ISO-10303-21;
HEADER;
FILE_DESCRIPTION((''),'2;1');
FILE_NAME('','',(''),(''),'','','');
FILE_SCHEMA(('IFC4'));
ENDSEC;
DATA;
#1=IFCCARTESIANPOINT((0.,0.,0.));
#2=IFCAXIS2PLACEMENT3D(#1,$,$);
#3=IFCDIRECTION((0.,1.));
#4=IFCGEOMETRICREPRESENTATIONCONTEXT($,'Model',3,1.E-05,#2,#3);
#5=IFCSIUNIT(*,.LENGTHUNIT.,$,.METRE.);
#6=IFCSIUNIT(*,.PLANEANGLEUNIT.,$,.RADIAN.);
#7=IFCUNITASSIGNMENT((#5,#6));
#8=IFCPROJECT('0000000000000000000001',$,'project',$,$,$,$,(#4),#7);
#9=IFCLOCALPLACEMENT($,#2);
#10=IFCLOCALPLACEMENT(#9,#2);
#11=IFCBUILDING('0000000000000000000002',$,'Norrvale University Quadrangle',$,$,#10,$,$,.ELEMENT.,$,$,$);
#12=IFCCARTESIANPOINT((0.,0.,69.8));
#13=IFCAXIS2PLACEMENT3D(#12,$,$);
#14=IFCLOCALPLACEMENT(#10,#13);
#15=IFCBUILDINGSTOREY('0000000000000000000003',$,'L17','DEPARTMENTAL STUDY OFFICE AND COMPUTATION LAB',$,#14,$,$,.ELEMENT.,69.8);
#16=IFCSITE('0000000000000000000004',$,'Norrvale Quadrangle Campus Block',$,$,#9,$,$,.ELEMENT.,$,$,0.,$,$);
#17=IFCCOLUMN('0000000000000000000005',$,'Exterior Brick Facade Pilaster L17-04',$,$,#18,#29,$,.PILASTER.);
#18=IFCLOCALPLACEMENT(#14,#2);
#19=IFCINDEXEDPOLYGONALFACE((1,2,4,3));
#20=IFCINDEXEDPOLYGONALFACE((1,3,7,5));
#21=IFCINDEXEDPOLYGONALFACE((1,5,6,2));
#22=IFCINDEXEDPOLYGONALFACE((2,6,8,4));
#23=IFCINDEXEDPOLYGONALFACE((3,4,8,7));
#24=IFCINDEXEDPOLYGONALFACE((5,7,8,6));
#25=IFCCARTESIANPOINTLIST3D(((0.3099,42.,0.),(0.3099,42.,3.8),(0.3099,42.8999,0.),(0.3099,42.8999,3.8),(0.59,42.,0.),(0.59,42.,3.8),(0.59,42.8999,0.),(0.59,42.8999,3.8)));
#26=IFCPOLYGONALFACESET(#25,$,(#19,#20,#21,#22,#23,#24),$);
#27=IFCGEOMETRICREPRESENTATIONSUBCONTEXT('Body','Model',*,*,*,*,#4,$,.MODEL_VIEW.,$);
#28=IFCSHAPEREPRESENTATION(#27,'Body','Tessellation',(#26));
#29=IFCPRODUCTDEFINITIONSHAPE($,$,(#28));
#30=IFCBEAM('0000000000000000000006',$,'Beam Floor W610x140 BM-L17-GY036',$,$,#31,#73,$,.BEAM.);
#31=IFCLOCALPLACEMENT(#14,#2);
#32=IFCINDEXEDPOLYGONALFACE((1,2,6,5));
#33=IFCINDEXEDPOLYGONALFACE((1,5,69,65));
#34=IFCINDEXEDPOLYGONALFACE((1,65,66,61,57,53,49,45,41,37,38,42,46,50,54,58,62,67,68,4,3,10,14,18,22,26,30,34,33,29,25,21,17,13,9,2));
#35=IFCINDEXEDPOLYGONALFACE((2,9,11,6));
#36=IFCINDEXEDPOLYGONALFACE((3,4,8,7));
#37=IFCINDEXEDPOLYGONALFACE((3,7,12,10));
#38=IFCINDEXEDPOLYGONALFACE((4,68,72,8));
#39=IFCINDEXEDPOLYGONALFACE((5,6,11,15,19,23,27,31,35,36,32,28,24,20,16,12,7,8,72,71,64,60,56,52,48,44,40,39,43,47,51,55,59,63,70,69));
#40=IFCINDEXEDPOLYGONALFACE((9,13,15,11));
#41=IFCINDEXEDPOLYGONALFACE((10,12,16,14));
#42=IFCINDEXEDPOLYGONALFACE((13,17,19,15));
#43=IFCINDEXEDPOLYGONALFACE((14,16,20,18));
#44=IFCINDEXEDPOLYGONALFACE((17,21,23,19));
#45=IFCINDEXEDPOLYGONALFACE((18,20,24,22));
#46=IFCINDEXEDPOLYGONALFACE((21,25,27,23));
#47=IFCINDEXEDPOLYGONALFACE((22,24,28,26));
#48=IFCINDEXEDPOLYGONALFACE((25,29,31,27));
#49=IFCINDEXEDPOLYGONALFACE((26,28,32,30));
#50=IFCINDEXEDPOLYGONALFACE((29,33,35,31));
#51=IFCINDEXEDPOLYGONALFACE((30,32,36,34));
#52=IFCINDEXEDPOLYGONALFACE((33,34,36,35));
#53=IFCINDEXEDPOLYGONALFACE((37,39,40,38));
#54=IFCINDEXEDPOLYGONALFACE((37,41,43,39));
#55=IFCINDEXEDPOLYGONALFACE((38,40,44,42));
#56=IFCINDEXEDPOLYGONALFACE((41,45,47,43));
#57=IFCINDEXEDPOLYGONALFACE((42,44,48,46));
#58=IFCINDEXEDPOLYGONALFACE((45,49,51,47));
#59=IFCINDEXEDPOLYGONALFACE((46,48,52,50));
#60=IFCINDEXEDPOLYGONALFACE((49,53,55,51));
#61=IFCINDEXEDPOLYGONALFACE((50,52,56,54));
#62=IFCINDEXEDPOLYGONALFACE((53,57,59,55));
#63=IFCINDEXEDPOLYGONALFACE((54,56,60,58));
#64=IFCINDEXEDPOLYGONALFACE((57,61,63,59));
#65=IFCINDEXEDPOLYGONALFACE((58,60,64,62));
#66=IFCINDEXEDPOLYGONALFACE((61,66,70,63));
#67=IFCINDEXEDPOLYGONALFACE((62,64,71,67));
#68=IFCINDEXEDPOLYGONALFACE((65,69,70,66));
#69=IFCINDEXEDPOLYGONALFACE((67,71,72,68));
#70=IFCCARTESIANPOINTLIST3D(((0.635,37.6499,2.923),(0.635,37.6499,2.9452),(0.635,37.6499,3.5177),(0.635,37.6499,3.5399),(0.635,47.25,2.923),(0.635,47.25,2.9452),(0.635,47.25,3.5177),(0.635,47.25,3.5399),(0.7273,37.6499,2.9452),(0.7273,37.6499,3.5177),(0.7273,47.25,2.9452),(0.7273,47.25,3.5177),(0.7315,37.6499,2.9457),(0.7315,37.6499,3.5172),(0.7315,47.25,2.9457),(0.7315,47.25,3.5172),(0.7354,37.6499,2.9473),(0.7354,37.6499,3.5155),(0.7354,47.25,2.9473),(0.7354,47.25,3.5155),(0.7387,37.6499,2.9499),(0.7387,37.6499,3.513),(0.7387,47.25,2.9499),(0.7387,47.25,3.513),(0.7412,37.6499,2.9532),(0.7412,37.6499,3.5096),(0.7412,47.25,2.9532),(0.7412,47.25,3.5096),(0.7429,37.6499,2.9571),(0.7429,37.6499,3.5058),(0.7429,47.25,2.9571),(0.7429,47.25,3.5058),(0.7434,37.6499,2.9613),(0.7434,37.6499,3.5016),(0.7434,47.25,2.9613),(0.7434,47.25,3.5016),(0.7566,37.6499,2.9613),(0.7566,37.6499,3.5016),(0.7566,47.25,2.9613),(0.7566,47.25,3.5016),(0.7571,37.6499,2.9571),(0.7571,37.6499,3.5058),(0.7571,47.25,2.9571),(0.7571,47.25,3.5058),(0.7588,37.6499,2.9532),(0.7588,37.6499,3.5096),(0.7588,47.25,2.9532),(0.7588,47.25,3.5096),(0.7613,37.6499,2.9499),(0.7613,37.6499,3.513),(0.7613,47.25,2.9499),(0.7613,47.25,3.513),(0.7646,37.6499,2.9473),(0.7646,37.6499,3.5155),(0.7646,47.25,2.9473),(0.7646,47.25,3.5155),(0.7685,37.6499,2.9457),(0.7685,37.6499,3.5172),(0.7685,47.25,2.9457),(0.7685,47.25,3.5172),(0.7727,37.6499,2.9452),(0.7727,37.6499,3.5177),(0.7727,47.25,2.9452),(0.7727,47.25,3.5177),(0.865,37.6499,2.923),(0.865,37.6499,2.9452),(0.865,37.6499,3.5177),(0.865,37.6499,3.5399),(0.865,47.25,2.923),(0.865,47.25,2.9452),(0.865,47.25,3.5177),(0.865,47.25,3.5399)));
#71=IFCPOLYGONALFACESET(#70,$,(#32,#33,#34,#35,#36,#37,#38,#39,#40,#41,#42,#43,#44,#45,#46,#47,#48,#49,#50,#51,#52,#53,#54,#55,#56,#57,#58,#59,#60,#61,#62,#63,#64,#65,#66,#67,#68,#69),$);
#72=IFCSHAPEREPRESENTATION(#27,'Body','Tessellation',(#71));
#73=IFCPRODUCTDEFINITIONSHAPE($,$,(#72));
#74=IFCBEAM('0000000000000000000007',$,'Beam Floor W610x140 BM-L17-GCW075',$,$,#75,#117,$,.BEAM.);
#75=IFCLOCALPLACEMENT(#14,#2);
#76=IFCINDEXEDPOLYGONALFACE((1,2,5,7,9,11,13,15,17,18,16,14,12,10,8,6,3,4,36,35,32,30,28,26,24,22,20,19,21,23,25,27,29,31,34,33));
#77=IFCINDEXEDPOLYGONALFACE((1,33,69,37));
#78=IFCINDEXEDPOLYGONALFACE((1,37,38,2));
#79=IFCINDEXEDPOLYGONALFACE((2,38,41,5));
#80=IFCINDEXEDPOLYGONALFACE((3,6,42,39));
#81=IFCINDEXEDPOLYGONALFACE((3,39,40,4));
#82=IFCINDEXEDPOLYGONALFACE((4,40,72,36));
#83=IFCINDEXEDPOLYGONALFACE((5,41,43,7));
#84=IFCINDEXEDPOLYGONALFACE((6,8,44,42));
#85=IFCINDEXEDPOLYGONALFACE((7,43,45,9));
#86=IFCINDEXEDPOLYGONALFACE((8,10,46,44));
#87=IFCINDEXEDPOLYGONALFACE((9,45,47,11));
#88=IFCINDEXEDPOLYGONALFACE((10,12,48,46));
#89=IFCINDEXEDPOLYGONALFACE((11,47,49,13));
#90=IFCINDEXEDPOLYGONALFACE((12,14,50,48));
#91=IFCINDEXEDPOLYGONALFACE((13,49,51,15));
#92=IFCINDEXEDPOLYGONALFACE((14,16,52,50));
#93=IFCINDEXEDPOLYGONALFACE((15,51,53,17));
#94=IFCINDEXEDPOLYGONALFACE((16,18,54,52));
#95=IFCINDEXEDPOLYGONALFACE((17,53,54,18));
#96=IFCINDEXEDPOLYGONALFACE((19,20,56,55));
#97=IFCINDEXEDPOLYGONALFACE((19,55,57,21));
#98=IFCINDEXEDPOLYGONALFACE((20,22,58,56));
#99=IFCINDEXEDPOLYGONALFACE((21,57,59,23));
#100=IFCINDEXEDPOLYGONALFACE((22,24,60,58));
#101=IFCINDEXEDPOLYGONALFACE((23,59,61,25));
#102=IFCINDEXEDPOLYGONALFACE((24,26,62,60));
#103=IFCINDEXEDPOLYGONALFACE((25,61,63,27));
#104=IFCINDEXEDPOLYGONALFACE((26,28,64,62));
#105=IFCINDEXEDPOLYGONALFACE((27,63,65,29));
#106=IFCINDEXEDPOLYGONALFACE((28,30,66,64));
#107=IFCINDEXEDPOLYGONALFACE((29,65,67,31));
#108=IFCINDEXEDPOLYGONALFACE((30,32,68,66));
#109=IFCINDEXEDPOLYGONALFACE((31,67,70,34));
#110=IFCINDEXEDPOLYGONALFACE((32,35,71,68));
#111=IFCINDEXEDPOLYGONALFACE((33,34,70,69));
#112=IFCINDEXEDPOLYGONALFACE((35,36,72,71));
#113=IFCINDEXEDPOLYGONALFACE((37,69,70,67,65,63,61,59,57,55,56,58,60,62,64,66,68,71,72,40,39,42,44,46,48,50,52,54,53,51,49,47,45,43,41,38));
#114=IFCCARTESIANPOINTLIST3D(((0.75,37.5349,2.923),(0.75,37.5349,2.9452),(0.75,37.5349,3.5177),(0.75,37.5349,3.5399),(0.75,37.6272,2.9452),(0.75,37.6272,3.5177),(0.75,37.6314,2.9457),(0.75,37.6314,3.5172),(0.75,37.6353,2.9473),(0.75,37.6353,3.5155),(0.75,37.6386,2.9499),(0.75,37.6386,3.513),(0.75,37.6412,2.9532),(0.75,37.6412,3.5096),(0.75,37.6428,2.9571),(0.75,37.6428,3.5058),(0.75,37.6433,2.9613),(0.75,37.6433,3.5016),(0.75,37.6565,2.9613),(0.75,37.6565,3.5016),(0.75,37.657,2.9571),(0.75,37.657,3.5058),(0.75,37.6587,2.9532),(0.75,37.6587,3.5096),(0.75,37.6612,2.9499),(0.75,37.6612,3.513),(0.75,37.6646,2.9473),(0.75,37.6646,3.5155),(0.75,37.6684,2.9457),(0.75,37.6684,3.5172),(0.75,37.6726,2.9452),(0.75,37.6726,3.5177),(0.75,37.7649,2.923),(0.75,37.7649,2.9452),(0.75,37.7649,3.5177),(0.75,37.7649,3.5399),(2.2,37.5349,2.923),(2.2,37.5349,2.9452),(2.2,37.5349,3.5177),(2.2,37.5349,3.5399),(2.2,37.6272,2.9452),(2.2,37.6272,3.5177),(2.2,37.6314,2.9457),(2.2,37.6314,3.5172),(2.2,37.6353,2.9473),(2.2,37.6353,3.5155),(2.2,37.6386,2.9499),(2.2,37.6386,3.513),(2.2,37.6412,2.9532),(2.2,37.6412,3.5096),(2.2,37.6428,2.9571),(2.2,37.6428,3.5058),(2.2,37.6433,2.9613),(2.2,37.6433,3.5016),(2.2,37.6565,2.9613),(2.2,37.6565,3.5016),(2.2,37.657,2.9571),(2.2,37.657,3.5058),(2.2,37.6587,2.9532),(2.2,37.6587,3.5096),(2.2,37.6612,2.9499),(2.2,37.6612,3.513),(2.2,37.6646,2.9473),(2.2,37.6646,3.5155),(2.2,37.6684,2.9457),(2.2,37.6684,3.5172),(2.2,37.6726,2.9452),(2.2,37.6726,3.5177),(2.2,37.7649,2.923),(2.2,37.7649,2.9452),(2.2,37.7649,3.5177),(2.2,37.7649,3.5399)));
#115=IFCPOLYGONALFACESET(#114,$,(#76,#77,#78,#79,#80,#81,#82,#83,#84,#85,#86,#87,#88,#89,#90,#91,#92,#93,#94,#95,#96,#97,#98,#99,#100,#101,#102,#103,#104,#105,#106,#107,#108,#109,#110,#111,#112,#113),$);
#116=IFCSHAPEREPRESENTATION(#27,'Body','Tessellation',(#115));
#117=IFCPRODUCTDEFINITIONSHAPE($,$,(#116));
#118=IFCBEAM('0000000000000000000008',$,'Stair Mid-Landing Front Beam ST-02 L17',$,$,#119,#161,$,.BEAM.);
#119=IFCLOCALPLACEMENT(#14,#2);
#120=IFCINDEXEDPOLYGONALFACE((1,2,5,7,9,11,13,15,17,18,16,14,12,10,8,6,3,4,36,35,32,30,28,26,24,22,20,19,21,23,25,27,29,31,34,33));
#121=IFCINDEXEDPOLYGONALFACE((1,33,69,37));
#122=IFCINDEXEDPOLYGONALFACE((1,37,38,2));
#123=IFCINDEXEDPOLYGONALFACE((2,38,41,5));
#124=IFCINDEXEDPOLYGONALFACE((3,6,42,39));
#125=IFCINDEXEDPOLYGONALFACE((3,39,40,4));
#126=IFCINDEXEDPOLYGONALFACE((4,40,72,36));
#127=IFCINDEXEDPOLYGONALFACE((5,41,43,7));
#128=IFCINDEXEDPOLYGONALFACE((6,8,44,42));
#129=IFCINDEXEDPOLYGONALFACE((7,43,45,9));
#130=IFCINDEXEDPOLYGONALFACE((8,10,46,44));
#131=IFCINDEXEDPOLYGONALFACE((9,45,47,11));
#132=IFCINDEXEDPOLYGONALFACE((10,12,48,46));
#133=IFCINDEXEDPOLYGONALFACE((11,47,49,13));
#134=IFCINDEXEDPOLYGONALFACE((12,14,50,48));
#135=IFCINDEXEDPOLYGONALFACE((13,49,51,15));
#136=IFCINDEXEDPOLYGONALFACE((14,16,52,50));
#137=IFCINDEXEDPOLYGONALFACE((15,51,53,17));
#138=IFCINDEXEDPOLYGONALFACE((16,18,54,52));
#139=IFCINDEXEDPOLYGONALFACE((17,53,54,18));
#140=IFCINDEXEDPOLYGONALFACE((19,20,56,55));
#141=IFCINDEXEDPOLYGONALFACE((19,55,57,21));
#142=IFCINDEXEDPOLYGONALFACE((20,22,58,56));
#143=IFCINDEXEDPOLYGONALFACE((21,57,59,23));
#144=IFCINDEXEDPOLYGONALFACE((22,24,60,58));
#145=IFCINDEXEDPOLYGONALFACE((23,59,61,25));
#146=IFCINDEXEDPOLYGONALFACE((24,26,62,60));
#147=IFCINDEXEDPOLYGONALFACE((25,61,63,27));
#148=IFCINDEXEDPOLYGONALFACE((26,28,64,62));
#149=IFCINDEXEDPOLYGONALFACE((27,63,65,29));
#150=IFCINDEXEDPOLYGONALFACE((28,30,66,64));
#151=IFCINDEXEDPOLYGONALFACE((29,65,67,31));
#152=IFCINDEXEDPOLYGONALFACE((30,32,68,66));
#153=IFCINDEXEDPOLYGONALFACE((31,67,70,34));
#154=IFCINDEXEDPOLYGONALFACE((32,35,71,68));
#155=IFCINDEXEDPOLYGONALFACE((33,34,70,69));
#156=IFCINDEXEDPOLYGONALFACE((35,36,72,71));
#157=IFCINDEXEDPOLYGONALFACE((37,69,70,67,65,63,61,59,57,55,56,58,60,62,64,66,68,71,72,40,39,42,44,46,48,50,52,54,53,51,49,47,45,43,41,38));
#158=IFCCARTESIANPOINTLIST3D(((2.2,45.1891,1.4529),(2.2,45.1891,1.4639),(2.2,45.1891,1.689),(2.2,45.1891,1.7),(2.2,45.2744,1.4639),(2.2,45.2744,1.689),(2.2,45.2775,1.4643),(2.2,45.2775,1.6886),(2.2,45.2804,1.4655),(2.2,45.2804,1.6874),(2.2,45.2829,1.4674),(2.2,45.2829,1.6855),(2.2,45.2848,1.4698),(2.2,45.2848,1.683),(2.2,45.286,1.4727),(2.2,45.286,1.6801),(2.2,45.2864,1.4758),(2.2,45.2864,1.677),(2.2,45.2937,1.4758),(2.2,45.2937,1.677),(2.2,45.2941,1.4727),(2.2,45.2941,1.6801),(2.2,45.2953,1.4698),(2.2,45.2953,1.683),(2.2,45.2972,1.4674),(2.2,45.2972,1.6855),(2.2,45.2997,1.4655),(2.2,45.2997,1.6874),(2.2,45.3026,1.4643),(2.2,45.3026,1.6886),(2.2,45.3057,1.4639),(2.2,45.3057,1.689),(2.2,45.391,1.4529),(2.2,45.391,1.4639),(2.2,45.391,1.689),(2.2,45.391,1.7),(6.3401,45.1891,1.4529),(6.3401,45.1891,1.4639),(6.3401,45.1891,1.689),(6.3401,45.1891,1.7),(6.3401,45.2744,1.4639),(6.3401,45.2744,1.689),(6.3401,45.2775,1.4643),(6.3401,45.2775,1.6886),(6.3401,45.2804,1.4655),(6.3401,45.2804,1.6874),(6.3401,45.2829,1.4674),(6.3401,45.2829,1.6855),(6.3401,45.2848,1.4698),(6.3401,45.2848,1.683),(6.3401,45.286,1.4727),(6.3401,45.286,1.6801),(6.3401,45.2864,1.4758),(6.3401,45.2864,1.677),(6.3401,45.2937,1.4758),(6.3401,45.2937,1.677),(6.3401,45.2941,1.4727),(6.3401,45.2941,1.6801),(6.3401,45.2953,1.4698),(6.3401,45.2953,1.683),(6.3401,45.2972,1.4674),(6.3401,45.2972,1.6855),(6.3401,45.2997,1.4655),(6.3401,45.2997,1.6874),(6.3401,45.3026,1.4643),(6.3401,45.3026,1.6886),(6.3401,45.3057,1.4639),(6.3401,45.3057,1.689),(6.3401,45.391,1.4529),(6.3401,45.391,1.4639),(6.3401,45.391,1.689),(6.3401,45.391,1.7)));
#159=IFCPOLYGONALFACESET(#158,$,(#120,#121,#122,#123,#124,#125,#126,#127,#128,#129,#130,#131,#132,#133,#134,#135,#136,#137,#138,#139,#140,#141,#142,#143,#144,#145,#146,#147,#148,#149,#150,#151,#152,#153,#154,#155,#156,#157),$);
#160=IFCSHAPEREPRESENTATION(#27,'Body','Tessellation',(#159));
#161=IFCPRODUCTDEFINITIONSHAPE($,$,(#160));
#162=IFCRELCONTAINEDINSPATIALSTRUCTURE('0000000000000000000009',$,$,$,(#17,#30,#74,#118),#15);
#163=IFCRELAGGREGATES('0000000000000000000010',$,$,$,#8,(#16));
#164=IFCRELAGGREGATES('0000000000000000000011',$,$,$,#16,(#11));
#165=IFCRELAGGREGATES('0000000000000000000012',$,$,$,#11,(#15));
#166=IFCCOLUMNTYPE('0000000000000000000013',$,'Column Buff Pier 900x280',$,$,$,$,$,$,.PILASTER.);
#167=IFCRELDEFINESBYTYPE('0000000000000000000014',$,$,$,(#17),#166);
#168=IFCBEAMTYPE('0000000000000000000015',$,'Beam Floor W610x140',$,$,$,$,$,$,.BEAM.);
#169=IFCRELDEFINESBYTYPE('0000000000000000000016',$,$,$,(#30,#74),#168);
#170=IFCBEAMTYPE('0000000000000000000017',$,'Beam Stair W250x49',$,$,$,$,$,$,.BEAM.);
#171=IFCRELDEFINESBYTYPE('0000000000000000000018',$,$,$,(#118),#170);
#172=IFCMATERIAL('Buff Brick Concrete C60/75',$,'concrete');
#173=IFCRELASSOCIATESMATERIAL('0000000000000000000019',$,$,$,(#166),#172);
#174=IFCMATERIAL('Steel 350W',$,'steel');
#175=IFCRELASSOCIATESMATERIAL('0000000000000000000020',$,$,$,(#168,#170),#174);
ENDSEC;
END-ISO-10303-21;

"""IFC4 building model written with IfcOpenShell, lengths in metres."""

from ifc_helpers import new_model, si_unit, direction, frame, origin, origin_2d, place, context, subcontext, project, spatial, rectangle, i_section, extrude, material, material_profile, profile_set, type_object, element, save


model = new_model("IFC4")

# Units and contexts
model_context = context("Model", 3, precision=1e-05, world=origin(), true_north=direction((0.0, 1.0)))
body_context = subcontext(model_context, "Body", "Model", "MODEL_VIEW")
ifc_project = project(units=[si_unit("LENGTHUNIT", "METRE"), si_unit("PLANEANGLEUNIT", "RADIAN")], contexts=[model_context])

# Site, building, storey
site_placement = place(None, origin())
site = spatial("IfcSite", under=ifc_project, at=site_placement, Name="Norrvale Quadrangle Campus Block", CompositionType="ELEMENT", RefElevation=0.0)
building_placement = place(site_placement, origin())
building = spatial("IfcBuilding", under=site, at=building_placement, Name="Norrvale University Quadrangle", CompositionType="ELEMENT")
storey_placement = place(building_placement, frame((0.0, 0.0, 69.8)))
storey = spatial("IfcBuildingStorey", under=building, at=storey_placement, Name="L17", Description="DEPARTMENTAL STUDY OFFICE AND COMPUTATION LAB", CompositionType="ELEMENT", Elevation=69.8)

# Column
ifc_material_1 = material(Name="Buff Brick Concrete C60/75", Category="concrete")
ifc_material_profile_1 = material_profile(ifc_material_1, rectangle(XDim=0.8999, YDim=0.28, at=origin_2d()), Name="Buff Brick Concrete C60/75")
ifc_profile_set_1 = profile_set([ifc_material_profile_1], Name="Buff Brick Concrete C60/75")
column_type = type_object("IfcColumnType", Name="Column Buff Pier 900x280", PredefinedType="PILASTER", material=ifc_profile_set_1)
column_placement = place(storey_placement, frame((0.45, 42.45, 0.0), z_axis=(0.0, 0.0, 1.0), x_axis=(0.0, 1.0, 0.0)))
element("IfcColumn", 1, at=column_placement, inside=storey, type_object=column_type, Name="Exterior Brick Facade Pilaster L17-04", PredefinedType="PILASTER", context=body_context, shape_type="SweptSolid", body=[
    extrude(rectangle(XDim=0.8999, YDim=0.28, at=origin_2d()), origin(), (0.0, 0.0, 1.0), 3.8),
])

# Beams
ifc_material_2 = material(Name="Steel 350W", Category="steel")
ifc_material_profile_2 = material_profile(ifc_material_2, i_section(OverallWidth=0.23, OverallDepth=0.6169, WebThickness=0.0132, FlangeThickness=0.0222, FilletRadius=0.0161, at=origin_2d()), Name="Steel 350W")
ifc_profile_set_2 = profile_set([ifc_material_profile_2], Name="Steel 350W")
beam_type_1 = type_object("IfcBeamType", Name="Beam Floor W610x140", PredefinedType="BEAM", material=ifc_profile_set_2)
beam_1_placement = place(storey_placement, frame((0.75, 37.6499, 3.2314), z_axis=(0.0, 1.0, 0.0), x_axis=(-1.0, 0.0, 0.0)))
element("IfcBeam", 2, at=beam_1_placement, inside=storey, type_object=beam_type_1, Name="Beam Floor W610x140 BM-L17-GY036", PredefinedType="BEAM", context=body_context, shape_type="SweptSolid", body=[
    extrude(i_section(OverallWidth=0.23, OverallDepth=0.6169, WebThickness=0.0132, FlangeThickness=0.0222, FilletRadius=0.0161, at=origin_2d()), origin(), (0.0, 0.0, 1.0), 9.6001),
])
beam_2_placement = place(storey_placement, frame((0.75, 37.6499, 3.2314), z_axis=(1.0, 0.0, 0.0), x_axis=(0.0, 1.0, 0.0)))
element("IfcBeam", 3, at=beam_2_placement, inside=storey, type_object=beam_type_1, Name="Beam Floor W610x140 BM-L17-GCW075", PredefinedType="BEAM", context=body_context, shape_type="SweptSolid", body=[
    extrude(i_section(OverallWidth=0.23, OverallDepth=0.6169, WebThickness=0.0132, FlangeThickness=0.0222, FilletRadius=0.0161, at=origin_2d()), origin(), (0.0, 0.0, 1.0), 1.45),
])
ifc_material_profile_3 = material_profile(ifc_material_2, i_section(OverallWidth=0.2019, OverallDepth=0.2471, WebThickness=0.0073, FlangeThickness=0.011, FilletRadius=0.012, at=origin_2d()), Name="Steel 350W")
ifc_profile_set_3 = profile_set([ifc_material_profile_3], Name="Steel 350W")
beam_type_2 = type_object("IfcBeamType", Name="Beam Stair W250x49", PredefinedType="BEAM", material=ifc_profile_set_3)
beam_3_placement = place(storey_placement, frame((2.2, 45.29, 1.5764), z_axis=(1.0, 0.0, 0.0), x_axis=(0.0, 1.0, 0.0)))
element("IfcBeam", 4, at=beam_3_placement, inside=storey, type_object=beam_type_2, Name="Stair Mid-Landing Front Beam ST-02 L17", PredefinedType="BEAM", context=body_context, shape_type="SweptSolid", body=[
    extrude(i_section(OverallWidth=0.2019, OverallDepth=0.2471, WebThickness=0.0073, FlangeThickness=0.011, FilletRadius=0.012, at=origin_2d()), origin(), (0.0, 0.0, 1.0), 4.1401),
])

save(model, "model.ifc")
